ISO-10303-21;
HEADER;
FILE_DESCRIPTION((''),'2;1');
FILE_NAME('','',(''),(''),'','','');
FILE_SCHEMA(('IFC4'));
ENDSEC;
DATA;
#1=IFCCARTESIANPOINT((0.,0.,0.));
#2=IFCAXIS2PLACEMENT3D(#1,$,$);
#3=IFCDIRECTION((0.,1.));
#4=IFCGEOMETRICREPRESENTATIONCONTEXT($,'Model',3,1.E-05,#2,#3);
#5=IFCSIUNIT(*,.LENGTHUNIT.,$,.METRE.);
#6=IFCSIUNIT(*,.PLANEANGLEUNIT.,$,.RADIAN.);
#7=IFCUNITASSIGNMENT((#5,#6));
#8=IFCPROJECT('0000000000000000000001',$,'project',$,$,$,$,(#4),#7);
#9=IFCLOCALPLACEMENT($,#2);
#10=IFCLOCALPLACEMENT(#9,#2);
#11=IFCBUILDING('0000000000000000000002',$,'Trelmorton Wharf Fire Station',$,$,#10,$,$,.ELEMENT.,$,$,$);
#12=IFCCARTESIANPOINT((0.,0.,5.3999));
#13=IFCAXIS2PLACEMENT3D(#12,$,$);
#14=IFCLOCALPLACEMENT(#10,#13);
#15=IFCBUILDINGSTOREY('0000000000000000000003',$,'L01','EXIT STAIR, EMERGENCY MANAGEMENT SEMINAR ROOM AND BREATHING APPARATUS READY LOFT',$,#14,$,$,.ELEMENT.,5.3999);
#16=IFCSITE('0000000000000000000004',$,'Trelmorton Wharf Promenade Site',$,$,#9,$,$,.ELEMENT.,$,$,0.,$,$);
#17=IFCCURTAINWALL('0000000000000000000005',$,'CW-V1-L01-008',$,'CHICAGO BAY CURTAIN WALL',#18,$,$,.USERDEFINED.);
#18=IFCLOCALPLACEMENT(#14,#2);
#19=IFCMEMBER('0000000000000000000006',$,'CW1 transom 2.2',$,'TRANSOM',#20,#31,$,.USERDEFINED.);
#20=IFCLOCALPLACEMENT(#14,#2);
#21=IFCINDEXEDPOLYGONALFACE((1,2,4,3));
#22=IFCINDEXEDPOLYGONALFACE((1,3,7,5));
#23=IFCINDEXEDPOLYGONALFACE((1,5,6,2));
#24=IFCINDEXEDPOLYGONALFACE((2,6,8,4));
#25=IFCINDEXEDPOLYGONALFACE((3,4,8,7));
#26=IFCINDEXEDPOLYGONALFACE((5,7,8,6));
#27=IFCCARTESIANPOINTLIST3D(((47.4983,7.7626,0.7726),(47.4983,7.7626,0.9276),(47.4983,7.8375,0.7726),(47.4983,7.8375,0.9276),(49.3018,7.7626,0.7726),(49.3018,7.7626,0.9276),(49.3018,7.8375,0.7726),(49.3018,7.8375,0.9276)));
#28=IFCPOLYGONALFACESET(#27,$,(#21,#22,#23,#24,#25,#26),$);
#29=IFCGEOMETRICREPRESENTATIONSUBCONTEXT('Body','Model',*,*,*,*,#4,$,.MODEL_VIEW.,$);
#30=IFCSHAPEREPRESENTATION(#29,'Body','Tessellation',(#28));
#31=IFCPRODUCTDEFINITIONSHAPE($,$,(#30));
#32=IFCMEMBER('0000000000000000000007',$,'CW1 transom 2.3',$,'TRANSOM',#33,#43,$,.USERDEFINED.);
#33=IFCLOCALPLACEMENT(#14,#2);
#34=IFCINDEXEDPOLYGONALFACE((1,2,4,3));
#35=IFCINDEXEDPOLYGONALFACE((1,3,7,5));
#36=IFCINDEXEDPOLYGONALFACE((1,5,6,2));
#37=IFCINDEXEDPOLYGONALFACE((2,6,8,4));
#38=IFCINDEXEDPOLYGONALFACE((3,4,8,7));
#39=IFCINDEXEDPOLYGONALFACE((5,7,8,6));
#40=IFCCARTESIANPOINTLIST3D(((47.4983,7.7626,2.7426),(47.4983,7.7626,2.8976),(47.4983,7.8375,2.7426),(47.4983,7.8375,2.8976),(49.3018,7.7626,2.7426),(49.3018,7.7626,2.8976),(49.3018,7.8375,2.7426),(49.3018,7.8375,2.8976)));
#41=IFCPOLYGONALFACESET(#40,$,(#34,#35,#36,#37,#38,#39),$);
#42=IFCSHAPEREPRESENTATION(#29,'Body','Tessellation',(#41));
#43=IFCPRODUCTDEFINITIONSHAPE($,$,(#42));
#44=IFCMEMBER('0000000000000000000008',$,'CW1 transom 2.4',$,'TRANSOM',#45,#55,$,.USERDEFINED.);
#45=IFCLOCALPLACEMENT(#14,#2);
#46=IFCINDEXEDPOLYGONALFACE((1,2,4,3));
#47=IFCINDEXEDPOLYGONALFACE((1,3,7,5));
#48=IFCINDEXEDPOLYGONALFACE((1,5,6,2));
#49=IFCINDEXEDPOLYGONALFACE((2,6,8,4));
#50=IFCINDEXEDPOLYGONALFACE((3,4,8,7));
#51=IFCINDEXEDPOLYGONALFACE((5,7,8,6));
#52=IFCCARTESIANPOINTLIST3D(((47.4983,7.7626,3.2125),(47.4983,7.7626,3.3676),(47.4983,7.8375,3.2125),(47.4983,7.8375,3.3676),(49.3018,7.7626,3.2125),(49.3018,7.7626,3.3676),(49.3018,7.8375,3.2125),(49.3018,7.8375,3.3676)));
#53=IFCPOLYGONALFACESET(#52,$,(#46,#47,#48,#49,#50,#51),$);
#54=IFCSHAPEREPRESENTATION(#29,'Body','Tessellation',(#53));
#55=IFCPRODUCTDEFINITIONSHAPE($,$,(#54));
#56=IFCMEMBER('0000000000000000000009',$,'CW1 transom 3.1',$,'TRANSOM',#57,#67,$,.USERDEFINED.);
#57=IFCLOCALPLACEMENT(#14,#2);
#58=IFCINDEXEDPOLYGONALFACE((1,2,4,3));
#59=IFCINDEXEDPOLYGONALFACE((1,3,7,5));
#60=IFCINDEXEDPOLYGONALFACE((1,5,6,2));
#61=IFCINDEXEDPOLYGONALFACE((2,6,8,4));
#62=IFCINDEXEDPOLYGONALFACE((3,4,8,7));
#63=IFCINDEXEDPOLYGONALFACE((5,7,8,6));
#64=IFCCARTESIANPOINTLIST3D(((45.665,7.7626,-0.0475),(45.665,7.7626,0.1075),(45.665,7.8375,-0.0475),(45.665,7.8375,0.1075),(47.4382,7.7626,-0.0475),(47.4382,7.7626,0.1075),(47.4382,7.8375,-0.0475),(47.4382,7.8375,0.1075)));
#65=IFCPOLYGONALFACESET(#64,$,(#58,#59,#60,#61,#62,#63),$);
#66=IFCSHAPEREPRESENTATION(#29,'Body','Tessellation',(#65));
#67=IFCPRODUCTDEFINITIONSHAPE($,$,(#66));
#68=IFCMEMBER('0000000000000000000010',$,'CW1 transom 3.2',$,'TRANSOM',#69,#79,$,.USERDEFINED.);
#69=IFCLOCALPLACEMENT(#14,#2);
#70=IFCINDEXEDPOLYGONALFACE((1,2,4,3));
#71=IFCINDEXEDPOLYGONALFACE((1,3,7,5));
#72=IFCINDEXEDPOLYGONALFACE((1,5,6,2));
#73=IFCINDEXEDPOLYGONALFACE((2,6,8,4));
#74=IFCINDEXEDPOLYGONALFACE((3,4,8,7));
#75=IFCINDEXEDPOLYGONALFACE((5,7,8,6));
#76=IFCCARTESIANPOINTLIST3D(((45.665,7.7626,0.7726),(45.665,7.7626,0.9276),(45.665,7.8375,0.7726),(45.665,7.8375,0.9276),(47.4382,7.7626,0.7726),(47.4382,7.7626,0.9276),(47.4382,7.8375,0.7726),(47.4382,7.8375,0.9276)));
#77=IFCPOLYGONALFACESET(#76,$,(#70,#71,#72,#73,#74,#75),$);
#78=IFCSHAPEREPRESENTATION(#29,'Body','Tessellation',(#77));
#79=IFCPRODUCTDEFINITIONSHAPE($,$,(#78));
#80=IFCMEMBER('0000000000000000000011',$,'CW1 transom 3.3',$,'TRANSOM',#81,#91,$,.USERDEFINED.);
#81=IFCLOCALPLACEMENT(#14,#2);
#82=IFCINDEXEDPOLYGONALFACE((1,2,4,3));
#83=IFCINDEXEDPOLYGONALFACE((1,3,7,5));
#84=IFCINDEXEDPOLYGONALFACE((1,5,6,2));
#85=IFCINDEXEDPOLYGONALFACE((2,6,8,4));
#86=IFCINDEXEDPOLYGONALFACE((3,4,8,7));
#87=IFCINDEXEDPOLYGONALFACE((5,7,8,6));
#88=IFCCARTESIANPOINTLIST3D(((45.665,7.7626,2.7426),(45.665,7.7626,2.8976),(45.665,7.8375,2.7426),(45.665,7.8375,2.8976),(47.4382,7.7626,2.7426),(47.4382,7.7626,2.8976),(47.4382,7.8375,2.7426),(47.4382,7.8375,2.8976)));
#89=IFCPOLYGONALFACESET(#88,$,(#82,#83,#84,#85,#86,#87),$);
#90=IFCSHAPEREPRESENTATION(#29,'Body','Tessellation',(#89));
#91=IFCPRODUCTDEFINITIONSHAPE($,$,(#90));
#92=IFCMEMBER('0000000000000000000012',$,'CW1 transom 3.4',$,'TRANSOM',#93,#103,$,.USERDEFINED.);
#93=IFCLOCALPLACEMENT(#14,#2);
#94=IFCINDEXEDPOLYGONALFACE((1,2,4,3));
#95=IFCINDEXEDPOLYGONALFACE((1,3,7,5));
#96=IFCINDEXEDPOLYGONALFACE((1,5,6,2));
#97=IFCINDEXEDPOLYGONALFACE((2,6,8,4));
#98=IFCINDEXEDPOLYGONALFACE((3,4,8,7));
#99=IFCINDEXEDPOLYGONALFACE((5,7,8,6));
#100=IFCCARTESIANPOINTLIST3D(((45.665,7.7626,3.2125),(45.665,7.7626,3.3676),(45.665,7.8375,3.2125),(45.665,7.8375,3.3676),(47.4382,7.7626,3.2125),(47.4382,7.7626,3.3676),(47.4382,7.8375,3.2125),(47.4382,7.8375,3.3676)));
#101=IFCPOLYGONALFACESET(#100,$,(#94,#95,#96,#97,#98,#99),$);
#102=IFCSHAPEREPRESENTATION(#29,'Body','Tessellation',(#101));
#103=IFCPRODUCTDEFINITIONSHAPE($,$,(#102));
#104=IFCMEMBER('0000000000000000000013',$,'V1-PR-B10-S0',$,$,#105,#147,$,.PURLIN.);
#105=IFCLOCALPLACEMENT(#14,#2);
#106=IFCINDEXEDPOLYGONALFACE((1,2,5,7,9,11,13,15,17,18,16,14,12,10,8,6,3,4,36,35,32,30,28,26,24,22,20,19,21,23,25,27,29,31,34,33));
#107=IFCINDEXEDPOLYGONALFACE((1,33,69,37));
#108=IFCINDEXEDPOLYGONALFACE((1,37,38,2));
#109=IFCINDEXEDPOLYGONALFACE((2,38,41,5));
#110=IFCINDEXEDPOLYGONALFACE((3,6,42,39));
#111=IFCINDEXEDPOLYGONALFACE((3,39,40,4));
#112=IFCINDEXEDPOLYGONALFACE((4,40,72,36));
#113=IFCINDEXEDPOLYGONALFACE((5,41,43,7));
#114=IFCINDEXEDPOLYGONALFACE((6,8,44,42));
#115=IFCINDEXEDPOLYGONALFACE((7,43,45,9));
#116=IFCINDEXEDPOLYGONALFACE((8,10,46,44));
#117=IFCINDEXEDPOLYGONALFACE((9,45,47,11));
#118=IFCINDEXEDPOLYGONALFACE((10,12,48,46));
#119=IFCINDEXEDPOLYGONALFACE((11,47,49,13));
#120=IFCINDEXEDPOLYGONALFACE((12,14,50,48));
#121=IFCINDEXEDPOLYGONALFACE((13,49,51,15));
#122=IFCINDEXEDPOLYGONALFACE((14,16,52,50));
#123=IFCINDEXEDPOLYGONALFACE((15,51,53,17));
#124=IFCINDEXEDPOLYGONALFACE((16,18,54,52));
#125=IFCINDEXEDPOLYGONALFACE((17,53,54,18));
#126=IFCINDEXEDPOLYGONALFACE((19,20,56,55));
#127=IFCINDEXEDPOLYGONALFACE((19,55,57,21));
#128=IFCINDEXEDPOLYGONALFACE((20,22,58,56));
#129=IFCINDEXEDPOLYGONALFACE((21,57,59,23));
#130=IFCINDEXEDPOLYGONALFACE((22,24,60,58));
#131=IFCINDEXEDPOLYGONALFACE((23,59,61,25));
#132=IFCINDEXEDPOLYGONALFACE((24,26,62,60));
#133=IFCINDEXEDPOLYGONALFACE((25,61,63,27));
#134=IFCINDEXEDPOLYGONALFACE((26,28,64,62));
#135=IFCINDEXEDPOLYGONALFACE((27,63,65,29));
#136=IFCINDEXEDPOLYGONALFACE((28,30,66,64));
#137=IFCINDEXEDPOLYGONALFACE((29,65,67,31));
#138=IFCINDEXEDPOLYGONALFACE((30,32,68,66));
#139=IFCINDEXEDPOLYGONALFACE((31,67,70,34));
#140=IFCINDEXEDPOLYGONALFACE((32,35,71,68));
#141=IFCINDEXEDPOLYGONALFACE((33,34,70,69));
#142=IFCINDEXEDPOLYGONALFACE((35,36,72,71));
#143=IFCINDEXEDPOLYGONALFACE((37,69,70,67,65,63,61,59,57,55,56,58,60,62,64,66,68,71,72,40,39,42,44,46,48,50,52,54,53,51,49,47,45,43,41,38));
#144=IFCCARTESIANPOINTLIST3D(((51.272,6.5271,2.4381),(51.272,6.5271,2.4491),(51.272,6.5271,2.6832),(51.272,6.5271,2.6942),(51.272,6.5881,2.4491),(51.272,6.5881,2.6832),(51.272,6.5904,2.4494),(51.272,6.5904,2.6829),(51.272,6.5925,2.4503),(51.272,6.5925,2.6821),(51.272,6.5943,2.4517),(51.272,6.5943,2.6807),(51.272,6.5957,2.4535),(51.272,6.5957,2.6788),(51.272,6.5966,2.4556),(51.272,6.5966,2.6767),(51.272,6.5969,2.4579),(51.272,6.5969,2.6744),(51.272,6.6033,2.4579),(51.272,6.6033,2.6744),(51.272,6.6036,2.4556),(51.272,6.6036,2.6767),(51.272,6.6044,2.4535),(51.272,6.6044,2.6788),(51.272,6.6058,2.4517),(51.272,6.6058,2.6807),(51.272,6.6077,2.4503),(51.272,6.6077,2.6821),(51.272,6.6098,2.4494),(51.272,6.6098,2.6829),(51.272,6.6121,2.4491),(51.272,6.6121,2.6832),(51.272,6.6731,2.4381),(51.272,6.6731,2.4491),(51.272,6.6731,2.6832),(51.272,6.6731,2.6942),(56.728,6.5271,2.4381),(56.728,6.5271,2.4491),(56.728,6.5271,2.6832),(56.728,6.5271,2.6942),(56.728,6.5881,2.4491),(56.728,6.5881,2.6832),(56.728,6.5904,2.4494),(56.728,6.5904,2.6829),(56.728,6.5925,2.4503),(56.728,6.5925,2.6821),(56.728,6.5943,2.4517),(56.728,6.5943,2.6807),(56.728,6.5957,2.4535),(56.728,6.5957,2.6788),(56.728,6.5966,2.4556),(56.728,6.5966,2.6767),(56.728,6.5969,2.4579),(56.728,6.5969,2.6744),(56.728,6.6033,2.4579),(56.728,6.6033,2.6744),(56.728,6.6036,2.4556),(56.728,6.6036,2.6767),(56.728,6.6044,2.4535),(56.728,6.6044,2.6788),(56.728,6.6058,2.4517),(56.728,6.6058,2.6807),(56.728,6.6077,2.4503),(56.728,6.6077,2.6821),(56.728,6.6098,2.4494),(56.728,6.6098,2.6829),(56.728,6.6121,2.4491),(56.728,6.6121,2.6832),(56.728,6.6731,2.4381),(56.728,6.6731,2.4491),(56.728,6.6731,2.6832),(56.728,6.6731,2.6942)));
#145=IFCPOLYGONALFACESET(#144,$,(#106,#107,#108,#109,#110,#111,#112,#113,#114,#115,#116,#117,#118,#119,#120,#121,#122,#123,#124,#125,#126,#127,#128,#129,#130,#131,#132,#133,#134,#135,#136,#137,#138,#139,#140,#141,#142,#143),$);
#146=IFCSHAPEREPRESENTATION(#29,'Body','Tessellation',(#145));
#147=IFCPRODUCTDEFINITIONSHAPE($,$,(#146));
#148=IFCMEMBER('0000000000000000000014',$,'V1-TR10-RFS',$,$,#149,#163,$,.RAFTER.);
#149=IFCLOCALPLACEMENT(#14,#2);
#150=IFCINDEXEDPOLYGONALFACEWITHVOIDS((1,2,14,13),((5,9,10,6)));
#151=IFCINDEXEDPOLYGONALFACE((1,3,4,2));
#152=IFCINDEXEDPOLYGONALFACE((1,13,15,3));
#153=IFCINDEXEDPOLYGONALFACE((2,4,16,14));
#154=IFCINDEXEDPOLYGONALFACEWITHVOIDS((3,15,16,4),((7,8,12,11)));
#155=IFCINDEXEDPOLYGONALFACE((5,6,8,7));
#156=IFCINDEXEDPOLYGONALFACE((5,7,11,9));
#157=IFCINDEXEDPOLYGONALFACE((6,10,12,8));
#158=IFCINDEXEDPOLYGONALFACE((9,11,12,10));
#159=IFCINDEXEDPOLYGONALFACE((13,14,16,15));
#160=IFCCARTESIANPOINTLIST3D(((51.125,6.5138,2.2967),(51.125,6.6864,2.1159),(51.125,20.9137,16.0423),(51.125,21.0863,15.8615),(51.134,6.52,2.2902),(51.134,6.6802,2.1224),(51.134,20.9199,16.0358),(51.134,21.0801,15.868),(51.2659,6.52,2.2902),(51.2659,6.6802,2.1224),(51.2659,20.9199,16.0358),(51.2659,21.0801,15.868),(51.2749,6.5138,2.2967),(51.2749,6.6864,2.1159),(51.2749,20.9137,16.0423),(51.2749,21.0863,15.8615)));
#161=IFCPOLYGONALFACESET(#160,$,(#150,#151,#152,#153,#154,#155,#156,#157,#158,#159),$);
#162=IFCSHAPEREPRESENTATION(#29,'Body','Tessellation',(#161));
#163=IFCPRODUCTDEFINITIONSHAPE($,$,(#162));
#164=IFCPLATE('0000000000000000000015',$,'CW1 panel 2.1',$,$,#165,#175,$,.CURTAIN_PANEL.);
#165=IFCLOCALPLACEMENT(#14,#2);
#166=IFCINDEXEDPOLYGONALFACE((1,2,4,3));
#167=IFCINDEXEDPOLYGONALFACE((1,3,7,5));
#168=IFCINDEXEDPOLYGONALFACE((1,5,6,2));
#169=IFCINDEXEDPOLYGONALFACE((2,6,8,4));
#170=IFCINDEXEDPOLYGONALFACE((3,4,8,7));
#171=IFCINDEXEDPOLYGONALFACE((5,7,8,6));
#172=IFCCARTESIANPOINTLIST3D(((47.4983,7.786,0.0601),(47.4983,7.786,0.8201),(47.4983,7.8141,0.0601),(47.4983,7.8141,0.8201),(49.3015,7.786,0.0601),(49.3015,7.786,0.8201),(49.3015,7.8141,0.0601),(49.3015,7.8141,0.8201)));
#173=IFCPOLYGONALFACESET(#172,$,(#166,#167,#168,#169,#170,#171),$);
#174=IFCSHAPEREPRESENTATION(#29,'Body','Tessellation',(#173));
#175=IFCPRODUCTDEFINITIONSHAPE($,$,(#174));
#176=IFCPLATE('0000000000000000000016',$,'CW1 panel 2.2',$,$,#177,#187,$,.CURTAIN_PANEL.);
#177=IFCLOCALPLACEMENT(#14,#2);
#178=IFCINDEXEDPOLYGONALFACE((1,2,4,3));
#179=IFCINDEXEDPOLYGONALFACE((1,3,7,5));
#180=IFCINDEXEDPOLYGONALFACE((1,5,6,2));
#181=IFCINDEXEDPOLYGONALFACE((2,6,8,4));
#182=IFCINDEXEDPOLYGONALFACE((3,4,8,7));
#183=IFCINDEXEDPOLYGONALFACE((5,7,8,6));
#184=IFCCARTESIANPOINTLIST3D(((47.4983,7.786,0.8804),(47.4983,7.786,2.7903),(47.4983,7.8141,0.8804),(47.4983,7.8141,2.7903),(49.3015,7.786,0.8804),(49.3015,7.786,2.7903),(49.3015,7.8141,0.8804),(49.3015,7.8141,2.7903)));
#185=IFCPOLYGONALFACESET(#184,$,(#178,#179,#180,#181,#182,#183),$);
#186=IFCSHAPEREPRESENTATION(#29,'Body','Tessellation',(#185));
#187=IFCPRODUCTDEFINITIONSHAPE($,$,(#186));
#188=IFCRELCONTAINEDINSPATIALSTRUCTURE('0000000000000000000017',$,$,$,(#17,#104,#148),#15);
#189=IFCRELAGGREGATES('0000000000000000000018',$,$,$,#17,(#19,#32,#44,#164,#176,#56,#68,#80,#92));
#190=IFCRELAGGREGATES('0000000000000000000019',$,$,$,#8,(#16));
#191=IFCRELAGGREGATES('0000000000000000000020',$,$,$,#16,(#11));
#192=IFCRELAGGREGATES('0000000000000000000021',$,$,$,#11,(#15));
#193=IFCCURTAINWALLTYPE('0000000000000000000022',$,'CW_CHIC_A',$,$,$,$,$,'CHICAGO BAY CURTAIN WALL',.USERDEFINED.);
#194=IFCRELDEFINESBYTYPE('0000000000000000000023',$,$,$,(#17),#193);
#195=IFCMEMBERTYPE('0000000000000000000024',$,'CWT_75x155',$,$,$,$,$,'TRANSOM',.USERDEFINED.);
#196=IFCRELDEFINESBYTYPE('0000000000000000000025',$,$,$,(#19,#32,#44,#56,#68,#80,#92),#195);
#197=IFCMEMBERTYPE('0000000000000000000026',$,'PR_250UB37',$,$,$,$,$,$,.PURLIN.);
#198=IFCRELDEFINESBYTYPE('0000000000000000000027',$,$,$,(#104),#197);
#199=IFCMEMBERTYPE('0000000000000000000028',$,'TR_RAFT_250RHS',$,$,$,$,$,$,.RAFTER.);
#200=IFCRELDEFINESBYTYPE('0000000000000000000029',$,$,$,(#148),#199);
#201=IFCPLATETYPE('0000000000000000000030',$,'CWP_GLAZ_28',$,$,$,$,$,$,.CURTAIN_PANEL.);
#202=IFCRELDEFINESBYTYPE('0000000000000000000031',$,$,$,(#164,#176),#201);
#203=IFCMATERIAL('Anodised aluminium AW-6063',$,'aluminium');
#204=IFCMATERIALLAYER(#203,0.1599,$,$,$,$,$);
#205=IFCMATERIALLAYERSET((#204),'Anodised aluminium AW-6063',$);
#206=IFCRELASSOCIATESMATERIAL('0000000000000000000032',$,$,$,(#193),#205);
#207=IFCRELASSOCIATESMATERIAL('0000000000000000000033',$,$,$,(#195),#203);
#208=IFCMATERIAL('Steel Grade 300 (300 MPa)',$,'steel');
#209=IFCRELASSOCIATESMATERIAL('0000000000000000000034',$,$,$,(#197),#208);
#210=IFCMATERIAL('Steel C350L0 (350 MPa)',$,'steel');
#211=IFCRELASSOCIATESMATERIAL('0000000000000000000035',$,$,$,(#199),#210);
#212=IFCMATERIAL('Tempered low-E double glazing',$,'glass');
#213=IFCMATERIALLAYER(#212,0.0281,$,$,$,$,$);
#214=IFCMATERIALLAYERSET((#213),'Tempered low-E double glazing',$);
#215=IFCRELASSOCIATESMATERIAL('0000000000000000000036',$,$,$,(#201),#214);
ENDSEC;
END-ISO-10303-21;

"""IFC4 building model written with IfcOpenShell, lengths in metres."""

from ifc_helpers import new_model, si_unit, direction, frame, origin, origin_2d, place, context, subcontext, project, spatial, rectangle, hollow_rectangle, i_section, extrude, material, layer, layer_set, material_profile, profile_set, type_object, element, aggregate, save


model = new_model("IFC4")

# Units and contexts
model_context = context("Model", 3, precision=1e-05, world=origin(), true_north=direction((0.0, 1.0)))
body_context = subcontext(model_context, "Body", "Model", "MODEL_VIEW")
ifc_project = project(units=[si_unit("LENGTHUNIT", "METRE"), si_unit("PLANEANGLEUNIT", "RADIAN")], contexts=[model_context])

# Site, building, storey
site_placement = place(None, origin())
site = spatial("IfcSite", under=ifc_project, at=site_placement, Name="Trelmorton Wharf Promenade Site", CompositionType="ELEMENT", RefElevation=0.0)
building_placement = place(site_placement, origin())
building = spatial("IfcBuilding", under=site, at=building_placement, Name="Trelmorton Wharf Fire Station", CompositionType="ELEMENT")
storey_placement = place(building_placement, frame((0.0, 0.0, 5.3999)))
storey = spatial("IfcBuildingStorey", under=building, at=storey_placement, Name="L01", Description="EXIT STAIR, EMERGENCY MANAGEMENT SEMINAR ROOM AND BREATHING APPARATUS READY LOFT", CompositionType="ELEMENT", Elevation=5.3999)

# Curtain wall, members
ifc_material_1 = material(Name="Anodised aluminium AW-6063", Category="aluminium")
ifc_layer_1 = layer(ifc_material_1, 0.1599)
ifc_layer_set_1 = layer_set([ifc_layer_1], Name="Anodised aluminium AW-6063")
curtain_wall_type = type_object("IfcCurtainWallType", Name="CW_CHIC_A", ElementType="CHICAGO BAY CURTAIN WALL", PredefinedType="USERDEFINED", material=ifc_layer_set_1)
curtain_wall_placement = place(storey_placement, origin())
curtain_wall = element("IfcCurtainWall", 1, at=curtain_wall_placement, inside=storey, type_object=curtain_wall_type, Name="CW-V1-L01-008", ObjectType="CHICAGO BAY CURTAIN WALL", PredefinedType="USERDEFINED")
ifc_material_profile_1 = material_profile(ifc_material_1, rectangle(XDim=0.075, YDim=0.155, at=origin_2d()), Name="ALU-75x155")
ifc_profile_set_1 = profile_set([ifc_material_profile_1], Name="Anodised aluminium AW-6063")
member_type_1 = type_object("IfcMemberType", Name="CWT_75x155", ElementType="TRANSOM", PredefinedType="USERDEFINED", material=ifc_profile_set_1)
member_1_placement = place(storey_placement, frame((49.3018, 7.8, 0.8501), z_axis=(-1.0, 0.0, 0.0), x_axis=(0.0, -1.0, 0.0)))
member_1 = element("IfcMember", 2, at=member_1_placement, type_object=member_type_1, Name="CW1 transom 2.2", ObjectType="TRANSOM", PredefinedType="USERDEFINED", context=body_context, shape_type="SweptSolid", body=[
    extrude(rectangle(XDim=0.075, YDim=0.155, at=origin_2d()), origin(), (0.0, 0.0, 1.0), 1.8035),
])
member_2_placement = place(storey_placement, frame((49.3018, 7.8, 2.8201), z_axis=(-1.0, 0.0, 0.0), x_axis=(0.0, -1.0, 0.0)))
member_2 = element("IfcMember", 3, at=member_2_placement, type_object=member_type_1, Name="CW1 transom 2.3", ObjectType="TRANSOM", PredefinedType="USERDEFINED", context=body_context, shape_type="SweptSolid", body=[
    extrude(rectangle(XDim=0.075, YDim=0.155, at=origin_2d()), origin(), (0.0, 0.0, 1.0), 1.8035),
])
member_3_placement = place(storey_placement, frame((49.3018, 7.8, 3.29), z_axis=(-1.0, 0.0, 0.0), x_axis=(0.0, -1.0, 0.0)))
member_3 = element("IfcMember", 4, at=member_3_placement, type_object=member_type_1, Name="CW1 transom 2.4", ObjectType="TRANSOM", PredefinedType="USERDEFINED", context=body_context, shape_type="SweptSolid", body=[
    extrude(rectangle(XDim=0.075, YDim=0.155, at=origin_2d()), origin(), (0.0, 0.0, 1.0), 1.8035),
])
member_4_placement = place(storey_placement, frame((47.4382, 7.8, 0.03), z_axis=(-1.0, 0.0, 0.0), x_axis=(0.0, -1.0, 0.0)))
member_4 = element("IfcMember", 5, at=member_4_placement, type_object=member_type_1, Name="CW1 transom 3.1", ObjectType="TRANSOM", PredefinedType="USERDEFINED", context=body_context, shape_type="SweptSolid", body=[
    extrude(rectangle(XDim=0.075, YDim=0.155, at=origin_2d()), origin(), (0.0, 0.0, 1.0), 1.7732),
])
member_5_placement = place(storey_placement, frame((47.4382, 7.8, 0.8501), z_axis=(-1.0, 0.0, 0.0), x_axis=(0.0, -1.0, 0.0)))
member_5 = element("IfcMember", 6, at=member_5_placement, type_object=member_type_1, Name="CW1 transom 3.2", ObjectType="TRANSOM", PredefinedType="USERDEFINED", context=body_context, shape_type="SweptSolid", body=[
    extrude(rectangle(XDim=0.075, YDim=0.155, at=origin_2d()), origin(), (0.0, 0.0, 1.0), 1.7732),
])
member_6_placement = place(storey_placement, frame((47.4382, 7.8, 2.8201), z_axis=(-1.0, 0.0, 0.0), x_axis=(0.0, -1.0, 0.0)))
member_6 = element("IfcMember", 7, at=member_6_placement, type_object=member_type_1, Name="CW1 transom 3.3", ObjectType="TRANSOM", PredefinedType="USERDEFINED", context=body_context, shape_type="SweptSolid", body=[
    extrude(rectangle(XDim=0.075, YDim=0.155, at=origin_2d()), origin(), (0.0, 0.0, 1.0), 1.7732),
])
member_7_placement = place(storey_placement, frame((47.4382, 7.8, 3.29), z_axis=(-1.0, 0.0, 0.0), x_axis=(0.0, -1.0, 0.0)))
member_7 = element("IfcMember", 8, at=member_7_placement, type_object=member_type_1, Name="CW1 transom 3.4", ObjectType="TRANSOM", PredefinedType="USERDEFINED", context=body_context, shape_type="SweptSolid", body=[
    extrude(rectangle(XDim=0.075, YDim=0.155, at=origin_2d()), origin(), (0.0, 0.0, 1.0), 1.7732),
])

# Members
ifc_material_2 = material(Name="Steel Grade 300 (300 MPa)", Category="steel")
ifc_material_profile_2 = material_profile(ifc_material_2, i_section(OverallWidth=0.146, OverallDepth=0.2561, WebThickness=0.0063, FlangeThickness=0.011, FilletRadius=0.0088, at=origin_2d()), Name="250UB37.3")
ifc_profile_set_2 = profile_set([ifc_material_profile_2], Name="Steel Grade 300 (300 MPa)")
member_type_2 = type_object("IfcMemberType", Name="PR_250UB37", PredefinedType="PURLIN", material=ifc_profile_set_2)
member_8_placement = place(storey_placement, frame((51.272, 6.6001, 2.5662), z_axis=(1.0, 0.0, 0.0), x_axis=(0.0, 1.0, 0.0)))
element("IfcMember", 9, at=member_8_placement, inside=storey, type_object=member_type_2, Name="V1-PR-B10-S0", PredefinedType="PURLIN", context=body_context, shape_type="SweptSolid", body=[
    extrude(i_section(OverallWidth=0.146, OverallDepth=0.2561, WebThickness=0.0063, FlangeThickness=0.011, FilletRadius=0.0088, at=origin_2d()), origin(), (0.0, 0.0, 1.0), 5.4561),
])
ifc_material_3 = material(Name="Steel C350L0 (350 MPa)", Category="steel")
ifc_material_profile_3 = material_profile(ifc_material_3, hollow_rectangle(XDim=0.1499, YDim=0.25, WallThickness=0.009, at=origin_2d()), Name="250x150x9.0RHS")
ifc_profile_set_3 = profile_set([ifc_material_profile_3], Name="Steel C350L0 (350 MPa)")
member_type_3 = type_object("IfcMemberType", Name="TR_RAFT_250RHS", PredefinedType="RAFTER", material=ifc_profile_set_3)
member_9_placement = place(storey_placement, frame((51.2, 6.6001, 2.2063), z_axis=(0.0, 0.723349, 0.690482), x_axis=(-1.0, 0.0, 0.0)))
element("IfcMember", 10, at=member_9_placement, inside=storey, type_object=member_type_3, Name="V1-TR10-RFS", PredefinedType="RAFTER", context=body_context, shape_type="SweptSolid", body=[
    extrude(hollow_rectangle(XDim=0.1499, YDim=0.25, WallThickness=0.009, at=origin_2d()), origin(), (0.0, 0.0, 1.0), 19.9072),
])

# Plates
ifc_material_4 = material(Name="Tempered low-E double glazing", Category="glass")
ifc_layer_2 = layer(ifc_material_4, 0.0281)
ifc_layer_set_2 = layer_set([ifc_layer_2], Name="Tempered low-E double glazing")
plate_type_1 = type_object("IfcPlateType", Name="CWP_GLAZ_28", PredefinedType="CURTAIN_PANEL", material=ifc_layer_set_2)
plate_1_placement = place(storey_placement, frame((48.3999, 7.8, 0.0601), z_axis=(0.0, 0.0, 1.0), x_axis=(-1.0, 0.0, 0.0)))
plate_1 = element("IfcPlate", 11, at=plate_1_placement, type_object=plate_type_1, Name="CW1 panel 2.1", PredefinedType="CURTAIN_PANEL", context=body_context, shape_type="SweptSolid", body=[
    extrude(rectangle(XDim=1.8032, YDim=0.0281, at=origin_2d()), origin(), (0.0, 0.0, 1.0), 0.76),
])
plate_2_placement = place(storey_placement, frame((48.3999, 7.8, 0.8804), z_axis=(0.0, 0.0, 1.0), x_axis=(-1.0, 0.0, 0.0)))
plate_2 = element("IfcPlate", 12, at=plate_2_placement, type_object=plate_type_1, Name="CW1 panel 2.2", PredefinedType="CURTAIN_PANEL", context=body_context, shape_type="SweptSolid", body=[
    extrude(rectangle(XDim=1.8032, YDim=0.0281, at=origin_2d()), origin(), (0.0, 0.0, 1.0), 1.9099),
])
aggregate(curtain_wall, [member_1, member_2, member_3, plate_1, plate_2, member_4, member_5, member_6, member_7])

save(model, "model.ifc")
